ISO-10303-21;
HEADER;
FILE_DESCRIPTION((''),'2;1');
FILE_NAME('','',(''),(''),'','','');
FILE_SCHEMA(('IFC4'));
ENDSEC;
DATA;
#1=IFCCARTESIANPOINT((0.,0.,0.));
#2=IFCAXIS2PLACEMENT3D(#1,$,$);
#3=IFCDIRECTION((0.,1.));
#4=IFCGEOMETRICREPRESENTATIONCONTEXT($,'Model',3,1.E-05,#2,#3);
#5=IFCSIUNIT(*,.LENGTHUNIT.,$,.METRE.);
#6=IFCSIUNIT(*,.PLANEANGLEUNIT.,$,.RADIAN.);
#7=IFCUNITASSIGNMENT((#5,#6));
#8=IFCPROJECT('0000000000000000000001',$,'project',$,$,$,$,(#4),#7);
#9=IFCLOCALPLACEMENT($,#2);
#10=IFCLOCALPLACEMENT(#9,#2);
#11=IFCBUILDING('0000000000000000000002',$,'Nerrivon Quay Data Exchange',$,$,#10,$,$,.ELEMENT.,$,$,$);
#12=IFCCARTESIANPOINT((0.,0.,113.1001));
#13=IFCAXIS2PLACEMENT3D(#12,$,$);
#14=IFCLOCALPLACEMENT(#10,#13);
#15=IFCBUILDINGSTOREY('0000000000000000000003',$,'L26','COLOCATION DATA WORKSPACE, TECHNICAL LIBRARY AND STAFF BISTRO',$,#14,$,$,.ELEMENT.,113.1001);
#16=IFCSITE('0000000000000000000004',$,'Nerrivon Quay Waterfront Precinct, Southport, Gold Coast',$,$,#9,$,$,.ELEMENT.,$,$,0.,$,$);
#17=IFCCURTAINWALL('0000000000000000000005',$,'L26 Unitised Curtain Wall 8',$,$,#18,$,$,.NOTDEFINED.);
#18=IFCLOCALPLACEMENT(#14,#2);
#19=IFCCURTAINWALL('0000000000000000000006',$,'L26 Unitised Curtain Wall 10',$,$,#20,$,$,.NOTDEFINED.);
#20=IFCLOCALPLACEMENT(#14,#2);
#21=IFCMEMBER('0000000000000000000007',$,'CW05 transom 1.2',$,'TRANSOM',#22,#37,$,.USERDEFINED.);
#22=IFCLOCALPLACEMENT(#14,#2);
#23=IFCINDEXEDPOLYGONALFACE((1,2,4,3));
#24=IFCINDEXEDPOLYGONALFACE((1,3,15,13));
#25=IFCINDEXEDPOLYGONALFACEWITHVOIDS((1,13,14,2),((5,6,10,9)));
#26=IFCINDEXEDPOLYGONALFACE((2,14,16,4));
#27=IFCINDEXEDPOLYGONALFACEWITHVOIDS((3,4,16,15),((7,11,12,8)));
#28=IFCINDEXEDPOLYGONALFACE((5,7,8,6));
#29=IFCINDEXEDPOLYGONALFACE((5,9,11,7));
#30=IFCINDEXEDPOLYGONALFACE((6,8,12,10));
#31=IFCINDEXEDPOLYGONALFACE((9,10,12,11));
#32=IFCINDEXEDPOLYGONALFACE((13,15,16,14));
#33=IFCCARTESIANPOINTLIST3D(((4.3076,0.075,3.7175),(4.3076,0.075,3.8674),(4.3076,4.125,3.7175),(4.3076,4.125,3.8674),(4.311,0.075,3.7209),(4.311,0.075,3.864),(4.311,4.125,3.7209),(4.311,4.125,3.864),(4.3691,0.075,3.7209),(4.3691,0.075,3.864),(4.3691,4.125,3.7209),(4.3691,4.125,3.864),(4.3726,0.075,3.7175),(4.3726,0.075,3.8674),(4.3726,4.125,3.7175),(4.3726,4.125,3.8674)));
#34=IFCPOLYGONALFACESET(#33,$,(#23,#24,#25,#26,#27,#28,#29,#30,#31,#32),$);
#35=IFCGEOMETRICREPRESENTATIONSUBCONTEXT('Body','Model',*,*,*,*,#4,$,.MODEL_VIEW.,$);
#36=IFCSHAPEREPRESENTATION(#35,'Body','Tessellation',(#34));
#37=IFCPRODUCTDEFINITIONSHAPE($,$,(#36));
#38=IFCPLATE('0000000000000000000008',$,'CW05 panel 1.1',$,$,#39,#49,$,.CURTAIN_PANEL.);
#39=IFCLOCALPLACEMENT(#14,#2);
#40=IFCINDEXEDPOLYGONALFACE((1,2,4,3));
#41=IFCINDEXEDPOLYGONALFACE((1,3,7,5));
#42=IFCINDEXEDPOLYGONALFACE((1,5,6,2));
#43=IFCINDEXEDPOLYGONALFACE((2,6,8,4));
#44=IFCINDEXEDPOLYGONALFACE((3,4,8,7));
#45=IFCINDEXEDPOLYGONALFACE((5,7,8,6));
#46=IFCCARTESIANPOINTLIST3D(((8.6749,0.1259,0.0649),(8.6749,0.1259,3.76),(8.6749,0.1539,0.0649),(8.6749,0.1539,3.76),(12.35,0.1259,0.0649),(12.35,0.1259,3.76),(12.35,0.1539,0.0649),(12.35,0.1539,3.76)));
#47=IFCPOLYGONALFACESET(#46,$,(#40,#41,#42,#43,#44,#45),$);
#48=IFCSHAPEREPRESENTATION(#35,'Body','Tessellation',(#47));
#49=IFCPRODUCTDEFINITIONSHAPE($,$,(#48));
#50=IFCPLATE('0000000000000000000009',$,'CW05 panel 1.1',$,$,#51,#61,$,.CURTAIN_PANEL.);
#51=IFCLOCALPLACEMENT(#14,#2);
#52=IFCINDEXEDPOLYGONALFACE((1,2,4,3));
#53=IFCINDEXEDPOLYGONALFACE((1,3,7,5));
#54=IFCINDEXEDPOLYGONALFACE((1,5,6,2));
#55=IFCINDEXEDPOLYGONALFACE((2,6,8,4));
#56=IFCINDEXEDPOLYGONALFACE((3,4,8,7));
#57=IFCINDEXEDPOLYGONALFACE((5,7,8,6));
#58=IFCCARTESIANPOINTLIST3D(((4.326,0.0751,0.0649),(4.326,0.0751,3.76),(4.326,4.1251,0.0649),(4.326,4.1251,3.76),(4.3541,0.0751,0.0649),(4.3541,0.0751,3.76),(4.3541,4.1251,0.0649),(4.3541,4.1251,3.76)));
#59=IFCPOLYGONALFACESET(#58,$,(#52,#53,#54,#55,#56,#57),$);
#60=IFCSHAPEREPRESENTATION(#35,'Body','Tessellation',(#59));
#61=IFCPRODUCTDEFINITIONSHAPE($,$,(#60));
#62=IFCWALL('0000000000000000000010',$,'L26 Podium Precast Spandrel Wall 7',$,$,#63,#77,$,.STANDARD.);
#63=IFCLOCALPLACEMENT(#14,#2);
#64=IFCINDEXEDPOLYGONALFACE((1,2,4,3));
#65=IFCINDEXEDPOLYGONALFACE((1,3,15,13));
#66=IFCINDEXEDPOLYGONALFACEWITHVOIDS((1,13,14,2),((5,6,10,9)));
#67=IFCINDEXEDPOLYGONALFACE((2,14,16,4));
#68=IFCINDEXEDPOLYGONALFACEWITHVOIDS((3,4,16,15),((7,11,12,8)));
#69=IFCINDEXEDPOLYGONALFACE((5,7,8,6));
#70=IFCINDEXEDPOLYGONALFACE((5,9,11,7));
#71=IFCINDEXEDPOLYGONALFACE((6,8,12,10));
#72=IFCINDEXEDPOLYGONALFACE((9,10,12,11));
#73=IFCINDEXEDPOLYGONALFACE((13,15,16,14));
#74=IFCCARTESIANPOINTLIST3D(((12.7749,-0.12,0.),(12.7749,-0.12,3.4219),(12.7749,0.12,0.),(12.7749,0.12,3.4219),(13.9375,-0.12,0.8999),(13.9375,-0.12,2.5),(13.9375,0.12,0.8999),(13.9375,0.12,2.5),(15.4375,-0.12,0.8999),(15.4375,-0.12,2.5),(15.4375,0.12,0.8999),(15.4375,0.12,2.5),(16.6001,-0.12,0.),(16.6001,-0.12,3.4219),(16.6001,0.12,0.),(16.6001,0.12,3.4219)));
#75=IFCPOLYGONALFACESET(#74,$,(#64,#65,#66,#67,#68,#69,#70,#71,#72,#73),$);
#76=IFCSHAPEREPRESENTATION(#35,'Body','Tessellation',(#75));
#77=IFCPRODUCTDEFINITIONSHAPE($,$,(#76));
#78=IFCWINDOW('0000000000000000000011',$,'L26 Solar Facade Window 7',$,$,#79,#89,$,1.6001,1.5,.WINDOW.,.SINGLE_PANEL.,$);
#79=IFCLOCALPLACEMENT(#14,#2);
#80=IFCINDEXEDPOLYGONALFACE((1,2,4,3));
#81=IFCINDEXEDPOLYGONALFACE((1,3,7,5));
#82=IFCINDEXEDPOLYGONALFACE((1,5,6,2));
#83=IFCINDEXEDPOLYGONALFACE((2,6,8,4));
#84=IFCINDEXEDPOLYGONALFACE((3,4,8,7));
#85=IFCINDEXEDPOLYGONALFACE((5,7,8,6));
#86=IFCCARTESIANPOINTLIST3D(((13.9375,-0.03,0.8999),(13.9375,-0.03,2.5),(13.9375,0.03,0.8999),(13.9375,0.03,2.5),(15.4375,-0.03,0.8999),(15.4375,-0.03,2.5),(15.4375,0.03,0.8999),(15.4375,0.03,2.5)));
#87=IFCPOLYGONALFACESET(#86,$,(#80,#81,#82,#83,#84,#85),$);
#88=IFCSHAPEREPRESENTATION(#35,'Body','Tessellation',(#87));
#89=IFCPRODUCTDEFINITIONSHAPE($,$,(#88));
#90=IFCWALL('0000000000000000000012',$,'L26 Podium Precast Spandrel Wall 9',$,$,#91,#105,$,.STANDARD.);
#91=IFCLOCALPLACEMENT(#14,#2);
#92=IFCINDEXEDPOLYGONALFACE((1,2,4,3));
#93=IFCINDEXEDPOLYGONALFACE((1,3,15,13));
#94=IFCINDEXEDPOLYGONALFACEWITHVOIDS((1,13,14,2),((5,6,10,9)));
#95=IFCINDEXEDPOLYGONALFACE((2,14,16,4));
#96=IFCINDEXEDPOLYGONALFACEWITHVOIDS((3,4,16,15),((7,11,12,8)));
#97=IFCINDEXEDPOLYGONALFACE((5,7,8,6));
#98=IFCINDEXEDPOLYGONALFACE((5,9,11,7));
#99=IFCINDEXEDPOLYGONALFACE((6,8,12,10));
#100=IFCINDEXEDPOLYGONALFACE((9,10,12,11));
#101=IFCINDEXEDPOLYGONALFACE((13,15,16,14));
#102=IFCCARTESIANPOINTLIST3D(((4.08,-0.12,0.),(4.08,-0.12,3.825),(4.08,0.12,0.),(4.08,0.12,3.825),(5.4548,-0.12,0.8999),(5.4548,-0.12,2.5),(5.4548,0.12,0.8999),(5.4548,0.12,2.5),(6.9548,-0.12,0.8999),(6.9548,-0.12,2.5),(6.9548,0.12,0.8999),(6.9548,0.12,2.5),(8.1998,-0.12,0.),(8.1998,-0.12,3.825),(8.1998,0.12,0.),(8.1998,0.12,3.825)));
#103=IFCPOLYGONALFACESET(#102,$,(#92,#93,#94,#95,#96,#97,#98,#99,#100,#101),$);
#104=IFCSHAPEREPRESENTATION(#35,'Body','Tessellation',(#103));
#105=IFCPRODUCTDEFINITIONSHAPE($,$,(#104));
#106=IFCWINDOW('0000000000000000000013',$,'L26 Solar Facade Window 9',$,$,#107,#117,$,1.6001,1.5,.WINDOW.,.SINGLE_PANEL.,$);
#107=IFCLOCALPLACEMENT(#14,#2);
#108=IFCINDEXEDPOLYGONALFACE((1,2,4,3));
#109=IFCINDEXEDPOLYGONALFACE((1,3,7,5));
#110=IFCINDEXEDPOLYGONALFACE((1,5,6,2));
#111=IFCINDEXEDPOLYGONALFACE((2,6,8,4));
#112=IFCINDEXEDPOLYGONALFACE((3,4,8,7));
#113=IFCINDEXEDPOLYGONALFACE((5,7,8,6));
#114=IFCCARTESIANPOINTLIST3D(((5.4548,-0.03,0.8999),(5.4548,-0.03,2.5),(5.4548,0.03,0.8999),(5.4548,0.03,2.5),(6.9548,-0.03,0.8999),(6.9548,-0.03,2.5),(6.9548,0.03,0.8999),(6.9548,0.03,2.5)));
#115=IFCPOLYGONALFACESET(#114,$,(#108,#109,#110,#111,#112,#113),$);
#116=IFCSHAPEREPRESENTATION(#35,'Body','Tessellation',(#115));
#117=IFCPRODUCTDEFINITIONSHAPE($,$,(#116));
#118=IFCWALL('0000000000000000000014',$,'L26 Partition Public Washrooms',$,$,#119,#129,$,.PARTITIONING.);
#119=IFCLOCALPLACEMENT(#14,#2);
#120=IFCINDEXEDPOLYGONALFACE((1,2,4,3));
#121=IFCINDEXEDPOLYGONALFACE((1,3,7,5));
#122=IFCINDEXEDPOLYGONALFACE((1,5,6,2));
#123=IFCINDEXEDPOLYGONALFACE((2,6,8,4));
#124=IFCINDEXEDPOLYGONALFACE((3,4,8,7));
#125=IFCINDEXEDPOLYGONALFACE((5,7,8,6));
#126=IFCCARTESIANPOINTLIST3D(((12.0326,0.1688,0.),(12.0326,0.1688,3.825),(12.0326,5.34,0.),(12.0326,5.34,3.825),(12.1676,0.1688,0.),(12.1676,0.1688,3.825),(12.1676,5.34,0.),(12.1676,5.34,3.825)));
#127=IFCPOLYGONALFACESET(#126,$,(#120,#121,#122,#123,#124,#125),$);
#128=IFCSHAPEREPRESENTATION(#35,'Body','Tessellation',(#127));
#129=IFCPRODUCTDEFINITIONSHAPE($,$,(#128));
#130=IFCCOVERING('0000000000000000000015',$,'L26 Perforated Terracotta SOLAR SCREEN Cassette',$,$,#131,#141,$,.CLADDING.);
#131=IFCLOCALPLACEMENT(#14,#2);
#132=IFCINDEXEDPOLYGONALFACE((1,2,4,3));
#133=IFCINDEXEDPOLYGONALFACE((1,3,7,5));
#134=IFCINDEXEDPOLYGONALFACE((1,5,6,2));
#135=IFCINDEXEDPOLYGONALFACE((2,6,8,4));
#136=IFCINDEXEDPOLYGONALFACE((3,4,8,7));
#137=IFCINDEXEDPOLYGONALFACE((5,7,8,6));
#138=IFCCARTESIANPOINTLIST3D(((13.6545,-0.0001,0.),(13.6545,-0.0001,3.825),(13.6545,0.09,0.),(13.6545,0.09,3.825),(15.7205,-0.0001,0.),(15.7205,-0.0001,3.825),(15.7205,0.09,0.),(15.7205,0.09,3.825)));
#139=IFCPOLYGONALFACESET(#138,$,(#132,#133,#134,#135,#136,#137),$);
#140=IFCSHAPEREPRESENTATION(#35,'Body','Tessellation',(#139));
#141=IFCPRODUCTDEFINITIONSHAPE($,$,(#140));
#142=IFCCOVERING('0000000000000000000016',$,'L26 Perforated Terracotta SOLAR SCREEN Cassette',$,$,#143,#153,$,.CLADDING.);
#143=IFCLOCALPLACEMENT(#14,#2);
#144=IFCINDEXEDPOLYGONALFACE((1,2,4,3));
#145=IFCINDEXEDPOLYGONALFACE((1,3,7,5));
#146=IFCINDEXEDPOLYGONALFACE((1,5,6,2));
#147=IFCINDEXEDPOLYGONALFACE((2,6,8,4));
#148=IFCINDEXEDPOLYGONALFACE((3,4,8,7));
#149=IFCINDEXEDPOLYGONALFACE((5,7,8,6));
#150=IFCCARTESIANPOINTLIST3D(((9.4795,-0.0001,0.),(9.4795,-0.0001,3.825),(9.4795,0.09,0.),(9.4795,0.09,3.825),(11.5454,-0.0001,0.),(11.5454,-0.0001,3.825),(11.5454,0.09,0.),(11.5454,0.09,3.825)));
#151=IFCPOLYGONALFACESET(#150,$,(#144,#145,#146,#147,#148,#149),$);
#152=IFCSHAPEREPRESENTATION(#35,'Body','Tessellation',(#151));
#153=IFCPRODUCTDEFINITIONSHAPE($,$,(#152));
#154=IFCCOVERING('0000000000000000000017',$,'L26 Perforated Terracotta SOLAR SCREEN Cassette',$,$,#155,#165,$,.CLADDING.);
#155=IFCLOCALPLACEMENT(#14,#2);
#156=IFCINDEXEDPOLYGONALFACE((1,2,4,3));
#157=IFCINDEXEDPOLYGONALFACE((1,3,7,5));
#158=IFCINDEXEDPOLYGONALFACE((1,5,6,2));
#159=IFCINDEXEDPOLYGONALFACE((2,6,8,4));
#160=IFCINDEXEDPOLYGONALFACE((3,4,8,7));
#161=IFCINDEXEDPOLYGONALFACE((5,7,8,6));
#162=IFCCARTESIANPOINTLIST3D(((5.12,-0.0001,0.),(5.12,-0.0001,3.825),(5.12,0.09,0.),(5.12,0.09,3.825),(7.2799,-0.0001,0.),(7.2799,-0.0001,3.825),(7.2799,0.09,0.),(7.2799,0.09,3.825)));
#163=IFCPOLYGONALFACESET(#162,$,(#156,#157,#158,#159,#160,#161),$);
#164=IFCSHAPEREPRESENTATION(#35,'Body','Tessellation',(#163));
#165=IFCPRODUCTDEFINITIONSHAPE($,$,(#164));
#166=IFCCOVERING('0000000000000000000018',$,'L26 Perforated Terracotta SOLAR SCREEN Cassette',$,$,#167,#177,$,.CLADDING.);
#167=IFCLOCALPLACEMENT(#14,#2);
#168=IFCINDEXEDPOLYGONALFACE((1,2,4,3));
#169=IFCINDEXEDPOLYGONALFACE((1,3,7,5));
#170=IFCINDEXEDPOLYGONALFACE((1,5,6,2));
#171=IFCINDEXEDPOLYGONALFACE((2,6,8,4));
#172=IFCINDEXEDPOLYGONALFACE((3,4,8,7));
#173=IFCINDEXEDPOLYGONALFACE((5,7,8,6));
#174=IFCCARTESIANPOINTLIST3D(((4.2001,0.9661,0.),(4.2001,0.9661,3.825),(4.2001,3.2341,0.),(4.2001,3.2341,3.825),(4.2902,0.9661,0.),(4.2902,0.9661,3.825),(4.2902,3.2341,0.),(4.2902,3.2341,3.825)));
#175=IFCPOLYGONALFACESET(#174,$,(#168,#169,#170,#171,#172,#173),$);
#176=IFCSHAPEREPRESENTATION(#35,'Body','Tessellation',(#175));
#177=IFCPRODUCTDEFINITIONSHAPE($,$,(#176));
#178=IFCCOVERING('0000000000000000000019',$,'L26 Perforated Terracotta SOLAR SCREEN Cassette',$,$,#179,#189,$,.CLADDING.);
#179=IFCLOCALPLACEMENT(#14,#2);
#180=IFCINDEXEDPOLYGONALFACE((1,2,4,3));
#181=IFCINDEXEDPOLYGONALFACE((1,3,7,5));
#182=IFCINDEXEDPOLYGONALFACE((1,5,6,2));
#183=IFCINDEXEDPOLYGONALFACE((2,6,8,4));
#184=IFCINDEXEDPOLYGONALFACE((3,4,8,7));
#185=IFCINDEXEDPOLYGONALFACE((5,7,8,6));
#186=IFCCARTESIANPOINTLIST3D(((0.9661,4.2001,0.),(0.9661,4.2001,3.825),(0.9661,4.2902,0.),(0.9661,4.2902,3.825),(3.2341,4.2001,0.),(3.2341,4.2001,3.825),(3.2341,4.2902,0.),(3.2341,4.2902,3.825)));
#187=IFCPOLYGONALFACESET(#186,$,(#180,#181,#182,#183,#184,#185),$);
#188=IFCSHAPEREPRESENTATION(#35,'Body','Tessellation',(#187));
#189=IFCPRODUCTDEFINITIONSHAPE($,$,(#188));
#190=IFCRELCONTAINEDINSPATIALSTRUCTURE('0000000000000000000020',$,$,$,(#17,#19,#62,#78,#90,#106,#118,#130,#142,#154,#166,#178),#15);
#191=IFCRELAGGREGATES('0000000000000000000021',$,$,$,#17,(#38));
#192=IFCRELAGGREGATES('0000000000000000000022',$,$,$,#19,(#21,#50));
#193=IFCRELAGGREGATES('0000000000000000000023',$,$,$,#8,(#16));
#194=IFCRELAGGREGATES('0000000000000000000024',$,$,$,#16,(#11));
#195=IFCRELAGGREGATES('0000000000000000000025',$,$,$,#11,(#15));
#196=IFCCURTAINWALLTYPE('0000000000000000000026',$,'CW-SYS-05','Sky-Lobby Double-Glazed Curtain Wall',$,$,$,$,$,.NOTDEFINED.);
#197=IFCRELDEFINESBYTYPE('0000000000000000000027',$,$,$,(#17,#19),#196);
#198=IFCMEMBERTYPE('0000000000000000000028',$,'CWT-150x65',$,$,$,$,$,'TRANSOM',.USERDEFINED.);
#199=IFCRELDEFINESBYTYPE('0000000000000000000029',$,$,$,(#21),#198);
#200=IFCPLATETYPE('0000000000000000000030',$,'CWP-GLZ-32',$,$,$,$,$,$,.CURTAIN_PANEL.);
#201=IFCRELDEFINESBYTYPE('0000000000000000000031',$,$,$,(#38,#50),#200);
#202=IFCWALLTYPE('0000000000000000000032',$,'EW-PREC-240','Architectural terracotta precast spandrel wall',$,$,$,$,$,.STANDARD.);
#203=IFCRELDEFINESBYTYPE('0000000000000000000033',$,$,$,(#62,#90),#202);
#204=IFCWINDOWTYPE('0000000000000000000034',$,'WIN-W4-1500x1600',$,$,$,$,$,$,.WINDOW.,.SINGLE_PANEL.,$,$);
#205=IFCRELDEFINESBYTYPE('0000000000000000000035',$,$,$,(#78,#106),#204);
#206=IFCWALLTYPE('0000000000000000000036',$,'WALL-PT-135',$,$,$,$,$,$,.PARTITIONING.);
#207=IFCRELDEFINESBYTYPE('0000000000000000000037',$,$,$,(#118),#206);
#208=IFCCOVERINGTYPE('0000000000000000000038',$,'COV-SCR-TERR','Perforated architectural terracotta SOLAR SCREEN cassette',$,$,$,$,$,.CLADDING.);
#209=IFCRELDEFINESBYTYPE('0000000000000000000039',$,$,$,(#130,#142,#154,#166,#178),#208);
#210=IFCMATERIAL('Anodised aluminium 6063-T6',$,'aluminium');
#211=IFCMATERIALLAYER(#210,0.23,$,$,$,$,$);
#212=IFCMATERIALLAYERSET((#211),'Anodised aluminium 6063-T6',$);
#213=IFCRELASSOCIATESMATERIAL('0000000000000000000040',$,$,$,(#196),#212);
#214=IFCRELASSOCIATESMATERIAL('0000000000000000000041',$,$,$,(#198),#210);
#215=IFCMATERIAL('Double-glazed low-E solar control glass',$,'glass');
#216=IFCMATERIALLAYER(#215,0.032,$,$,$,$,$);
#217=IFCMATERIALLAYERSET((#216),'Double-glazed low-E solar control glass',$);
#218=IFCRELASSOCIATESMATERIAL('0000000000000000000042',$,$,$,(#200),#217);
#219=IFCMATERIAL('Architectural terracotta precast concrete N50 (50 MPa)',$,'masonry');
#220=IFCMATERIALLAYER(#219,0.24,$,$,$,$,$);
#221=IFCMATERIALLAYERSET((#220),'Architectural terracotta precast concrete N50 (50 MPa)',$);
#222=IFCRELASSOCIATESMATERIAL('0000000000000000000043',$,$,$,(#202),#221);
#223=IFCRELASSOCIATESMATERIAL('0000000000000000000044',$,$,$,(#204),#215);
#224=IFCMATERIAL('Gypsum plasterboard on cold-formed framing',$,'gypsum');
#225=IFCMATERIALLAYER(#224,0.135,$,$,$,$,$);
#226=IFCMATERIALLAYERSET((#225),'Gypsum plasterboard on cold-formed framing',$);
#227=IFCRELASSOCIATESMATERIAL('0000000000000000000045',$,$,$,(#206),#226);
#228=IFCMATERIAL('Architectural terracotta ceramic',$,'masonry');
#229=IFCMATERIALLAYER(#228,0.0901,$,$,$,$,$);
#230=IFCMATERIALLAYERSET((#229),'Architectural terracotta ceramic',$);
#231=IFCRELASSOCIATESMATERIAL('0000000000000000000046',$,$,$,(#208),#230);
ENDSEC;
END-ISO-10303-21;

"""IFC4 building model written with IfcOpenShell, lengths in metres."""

from ifc_helpers import new_model, si_unit, direction, frame, frame_2d, origin, origin_2d, place, context, subcontext, project, spatial, rectangle, hollow_rectangle, extrude, material, layer, layer_set, material_profile, profile_set, type_object, element, fill, aggregate, save


model = new_model("IFC4")

# Units and contexts
model_context = context("Model", 3, precision=1e-05, world=origin(), true_north=direction((0.0, 1.0)))
body_context = subcontext(model_context, "Body", "Model", "MODEL_VIEW")
ifc_project = project(units=[si_unit("LENGTHUNIT", "METRE"), si_unit("PLANEANGLEUNIT", "RADIAN")], contexts=[model_context])

# Site, building, storey
site_placement = place(None, origin())
site = spatial("IfcSite", under=ifc_project, at=site_placement, Name="Nerrivon Quay Waterfront Precinct, Southport, Gold Coast", CompositionType="ELEMENT", RefElevation=0.0)
building_placement = place(site_placement, origin())
building = spatial("IfcBuilding", under=site, at=building_placement, Name="Nerrivon Quay Data Exchange", CompositionType="ELEMENT")
storey_placement = place(building_placement, frame((0.0, 0.0, 113.1001)))
storey = spatial("IfcBuildingStorey", under=building, at=storey_placement, Name="L26", Description="COLOCATION DATA WORKSPACE, TECHNICAL LIBRARY AND STAFF BISTRO", CompositionType="ELEMENT", Elevation=113.1001)

# Curtain walls
ifc_material_1 = material(Name="Anodised aluminium 6063-T6", Category="aluminium")
ifc_layer_1 = layer(ifc_material_1, 0.23)
ifc_layer_set_1 = layer_set([ifc_layer_1], Name="Anodised aluminium 6063-T6")
curtain_wall_type = type_object("IfcCurtainWallType", Name="CW-SYS-05", Description="Sky-Lobby Double-Glazed Curtain Wall", PredefinedType="NOTDEFINED", material=ifc_layer_set_1)
curtain_wall_1_placement = place(storey_placement, origin())
curtain_wall_1 = element("IfcCurtainWall", 1, at=curtain_wall_1_placement, inside=storey, type_object=curtain_wall_type, Name="L26 Unitised Curtain Wall 8", PredefinedType="NOTDEFINED")
curtain_wall_2_placement = place(storey_placement, origin())
curtain_wall_2 = element("IfcCurtainWall", 2, at=curtain_wall_2_placement, inside=storey, type_object=curtain_wall_type, Name="L26 Unitised Curtain Wall 10", PredefinedType="NOTDEFINED")

# Member
ifc_material_profile_1 = material_profile(ifc_material_1, hollow_rectangle(XDim=0.0649, YDim=0.1499, WallThickness=0.0034, at=origin_2d()), Name="ALU-TRAN-150x65")
ifc_profile_set_1 = profile_set([ifc_material_profile_1], Name="Anodised aluminium 6063-T6")
member_type_1 = type_object("IfcMemberType", Name="CWT-150x65", ElementType="TRANSOM", PredefinedType="USERDEFINED", material=ifc_profile_set_1)
member_1_placement = place(storey_placement, frame((4.3401, 0.075, 3.7925), z_axis=(0.0, 1.0, 0.0), x_axis=(-1.0, 0.0, 0.0)))
member_1 = element("IfcMember", 3, at=member_1_placement, type_object=member_type_1, Name="CW05 transom 1.2", ObjectType="TRANSOM", PredefinedType="USERDEFINED", context=body_context, shape_type="SweptSolid", body=[
    extrude(hollow_rectangle(XDim=0.0649, YDim=0.1499, WallThickness=0.0034, at=origin_2d()), origin(), (0.0, 0.0, 1.0), 4.05),
])

# Plates
ifc_material_2 = material(Name="Double-glazed low-E solar control glass", Category="glass")
ifc_layer_2 = layer(ifc_material_2, 0.032)
ifc_layer_set_2 = layer_set([ifc_layer_2], Name="Double-glazed low-E solar control glass")
plate_type = type_object("IfcPlateType", Name="CWP-GLZ-32", PredefinedType="CURTAIN_PANEL", material=ifc_layer_set_2)
plate_1_placement = place(storey_placement, frame((10.5125, 0.1399, 0.0649), z_axis=(0.0, 0.0, 1.0), x_axis=(-1.0, 0.0, 0.0)))
plate_1 = element("IfcPlate", 4, at=plate_1_placement, type_object=plate_type, Name="CW05 panel 1.1", PredefinedType="CURTAIN_PANEL", context=body_context, shape_type="SweptSolid", body=[
    extrude(rectangle(XDim=3.675, YDim=0.0281, at=origin_2d()), origin(), (0.0, 0.0, 1.0), 3.6951),
])
aggregate(curtain_wall_1, [plate_1])
plate_2_placement = place(storey_placement, frame((4.3401, 2.1001, 0.0649), z_axis=(0.0, 0.0, 1.0), x_axis=(0.0, 1.0, 0.0)))
plate_2 = element("IfcPlate", 5, at=plate_2_placement, type_object=plate_type, Name="CW05 panel 1.1", PredefinedType="CURTAIN_PANEL", context=body_context, shape_type="SweptSolid", body=[
    extrude(rectangle(XDim=4.05, YDim=0.0281, at=origin_2d()), origin(), (0.0, 0.0, 1.0), 3.6951),
])
aggregate(curtain_wall_2, [member_1, plate_2])

# Walls, openings, windows
ifc_material_3 = material(Name="Architectural terracotta precast concrete N50 (50 MPa)", Category="masonry")
ifc_layer_3 = layer(ifc_material_3, 0.24)
ifc_layer_set_3 = layer_set([ifc_layer_3], Name="Architectural terracotta precast concrete N50 (50 MPa)")
wall_type_1 = type_object("IfcWallType", Name="EW-PREC-240", Description="Architectural terracotta precast spandrel wall", PredefinedType="STANDARD", material=ifc_layer_set_3)
wall_1_placement = place(storey_placement, frame((16.6001, 0.0, 0.0), z_axis=(0.0, 0.0, 1.0), x_axis=(-1.0, 0.0, 0.0)))
wall_1 = element("IfcWall", 6, at=wall_1_placement, inside=storey, type_object=wall_type_1, Name="L26 Podium Precast Spandrel Wall 7", PredefinedType="STANDARD", context=body_context, shape_type="SweptSolid", body=[
    extrude(rectangle(XDim=3.8252, YDim=0.24, at=frame_2d((1.9126, 0.0))), origin(), (0.0, 0.0, 1.0), 3.4219),
])
opening_1_placement = place(wall_1_placement, frame((1.1626, 0.0, 0.8999)))
opening_1 = element("IfcOpeningElement", 7, at=opening_1_placement, cuts=wall_1, PredefinedType="OPENING", context=body_context, shape_type="SweptSolid", body=[
    extrude(rectangle(XDim=1.5, YDim=1.6001, at=frame_2d((0.75, 0.8))), frame((0.0, 0.1299, 0.0), z_axis=(0.0, -1.0, 0.0), x_axis=(1.0, 0.0, 0.0)), (0.0, 0.0, 1.0), 0.26),
])
window_type = type_object("IfcWindowType", Name="WIN-W4-1500x1600", PartitioningType="SINGLE_PANEL", PredefinedType="WINDOW", material=ifc_material_2)
window_1_placement = place(opening_1_placement, origin())
window_1 = element("IfcWindow", 8, at=window_1_placement, inside=storey, type_object=window_type, Name="L26 Solar Facade Window 7", OverallHeight=1.6001, OverallWidth=1.5, PartitioningType="SINGLE_PANEL", PredefinedType="WINDOW", context=body_context, shape_type="SweptSolid", body=[
    extrude(rectangle(XDim=1.5, YDim=1.6001, at=frame_2d((0.75, 0.8))), frame((0.0, 0.03, 0.0), z_axis=(0.0, -1.0, 0.0), x_axis=(1.0, 0.0, 0.0)), (0.0, 0.0, 1.0), 0.0601),
])
fill(opening_1, window_1)
wall_2_placement = place(storey_placement, frame((8.2, 0.0, 0.0), z_axis=(0.0, 0.0, 1.0), x_axis=(-1.0, 0.0, 0.0)))
wall_2 = element("IfcWall", 9, at=wall_2_placement, inside=storey, type_object=wall_type_1, Name="L26 Podium Precast Spandrel Wall 9", PredefinedType="STANDARD", context=body_context, shape_type="SweptSolid", body=[
    extrude(rectangle(XDim=4.1199, YDim=0.24, at=frame_2d((2.0601, 0.0))), origin(), (0.0, 0.0, 1.0), 3.825),
])
opening_2_placement = place(wall_2_placement, frame((1.2451, 0.0, 0.8999)))
opening_2 = element("IfcOpeningElement", 10, at=opening_2_placement, cuts=wall_2, PredefinedType="OPENING", context=body_context, shape_type="SweptSolid", body=[
    extrude(rectangle(XDim=1.5, YDim=1.6001, at=frame_2d((0.75, 0.8))), frame((0.0, 0.1299, 0.0), z_axis=(0.0, -1.0, 0.0), x_axis=(1.0, 0.0, 0.0)), (0.0, 0.0, 1.0), 0.26),
])
window_2_placement = place(opening_2_placement, origin())
window_2 = element("IfcWindow", 11, at=window_2_placement, inside=storey, type_object=window_type, Name="L26 Solar Facade Window 9", OverallHeight=1.6001, OverallWidth=1.5, PartitioningType="SINGLE_PANEL", PredefinedType="WINDOW", context=body_context, shape_type="SweptSolid", body=[
    extrude(rectangle(XDim=1.5, YDim=1.6001, at=frame_2d((0.75, 0.8))), frame((0.0, 0.03, 0.0), z_axis=(0.0, -1.0, 0.0), x_axis=(1.0, 0.0, 0.0)), (0.0, 0.0, 1.0), 0.0601),
])
fill(opening_2, window_2)

# Wall
ifc_material_4 = material(Name="Gypsum plasterboard on cold-formed framing", Category="gypsum")
ifc_layer_4 = layer(ifc_material_4, 0.135)
ifc_layer_set_4 = layer_set([ifc_layer_4], Name="Gypsum plasterboard on cold-formed framing")
wall_type_2 = type_object("IfcWallType", Name="WALL-PT-135", PredefinedType="PARTITIONING", material=ifc_layer_set_4)
wall_3_placement = place(storey_placement, frame((12.1001, 0.1689, 0.0), z_axis=(0.0, 0.0, 1.0), x_axis=(0.0, 1.0, 0.0)))
element("IfcWall", 12, at=wall_3_placement, inside=storey, type_object=wall_type_2, Name="L26 Partition Public Washrooms", PredefinedType="PARTITIONING", context=body_context, shape_type="SweptSolid", body=[
    extrude(rectangle(XDim=5.1711, YDim=0.135, at=frame_2d((2.5854, 0.0))), origin(), (0.0, 0.0, 1.0), 3.825),
])

# Coverings
ifc_material_5 = material(Name="Architectural terracotta ceramic", Category="masonry")
ifc_layer_5 = layer(ifc_material_5, 0.0901)
ifc_layer_set_5 = layer_set([ifc_layer_5], Name="Architectural terracotta ceramic")
covering_type = type_object("IfcCoveringType", Name="COV-SCR-TERR", Description="Perforated architectural terracotta SOLAR SCREEN cassette", PredefinedType="CLADDING", material=ifc_layer_set_5)
for number, where, z_axis, x_axis, name in (
    (13, (14.6875, 0.0449, 0.0), (0.0, 0.0, 1.0), (-1.0, 0.0, 0.0), "L26 Perforated Terracotta SOLAR SCREEN Cassette"),
    (14, (10.5125, 0.0449, 0.0), (0.0, 0.0, 1.0), (-1.0, 0.0, 0.0), "L26 Perforated Terracotta SOLAR SCREEN Cassette"),
):
    element("IfcCovering", number, at=place(storey_placement, frame(where, z_axis=z_axis, x_axis=x_axis)), inside=storey, type_object=covering_type, Name=name, PredefinedType="CLADDING", context=body_context, shape_type="SweptSolid", body=[
        extrude(rectangle(XDim=2.0659, YDim=0.0901, at=origin_2d()), origin(), (0.0, 0.0, 1.0), 3.825),
    ])
covering_placement = place(storey_placement, frame((6.2, 0.0449, 0.0), z_axis=(0.0, 0.0, 1.0), x_axis=(-1.0, 0.0, 0.0)))
element("IfcCovering", 15, at=covering_placement, inside=storey, type_object=covering_type, Name="L26 Perforated Terracotta SOLAR SCREEN Cassette", PredefinedType="CLADDING", context=body_context, shape_type="SweptSolid", body=[
    extrude(rectangle(XDim=2.1599, YDim=0.0901, at=origin_2d()), origin(), (0.0, 0.0, 1.0), 3.825),
])
for number, where, z_axis, x_axis, name in (
    (16, (4.2451, 2.1001, 0.0), (0.0, 0.0, 1.0), (0.0, 1.0, 0.0), "L26 Perforated Terracotta SOLAR SCREEN Cassette"),
    (17, (2.1001, 4.2451, 0.0), (0.0, 0.0, 1.0), (-1.0, 0.0, 0.0), "L26 Perforated Terracotta SOLAR SCREEN Cassette"),
):
    element("IfcCovering", number, at=place(storey_placement, frame(where, z_axis=z_axis, x_axis=x_axis)), inside=storey, type_object=covering_type, Name=name, PredefinedType="CLADDING", context=body_context, shape_type="SweptSolid", body=[
        extrude(rectangle(XDim=2.2681, YDim=0.0901, at=origin_2d()), origin(), (0.0, 0.0, 1.0), 3.825),
    ])

save(model, "model.ifc")
